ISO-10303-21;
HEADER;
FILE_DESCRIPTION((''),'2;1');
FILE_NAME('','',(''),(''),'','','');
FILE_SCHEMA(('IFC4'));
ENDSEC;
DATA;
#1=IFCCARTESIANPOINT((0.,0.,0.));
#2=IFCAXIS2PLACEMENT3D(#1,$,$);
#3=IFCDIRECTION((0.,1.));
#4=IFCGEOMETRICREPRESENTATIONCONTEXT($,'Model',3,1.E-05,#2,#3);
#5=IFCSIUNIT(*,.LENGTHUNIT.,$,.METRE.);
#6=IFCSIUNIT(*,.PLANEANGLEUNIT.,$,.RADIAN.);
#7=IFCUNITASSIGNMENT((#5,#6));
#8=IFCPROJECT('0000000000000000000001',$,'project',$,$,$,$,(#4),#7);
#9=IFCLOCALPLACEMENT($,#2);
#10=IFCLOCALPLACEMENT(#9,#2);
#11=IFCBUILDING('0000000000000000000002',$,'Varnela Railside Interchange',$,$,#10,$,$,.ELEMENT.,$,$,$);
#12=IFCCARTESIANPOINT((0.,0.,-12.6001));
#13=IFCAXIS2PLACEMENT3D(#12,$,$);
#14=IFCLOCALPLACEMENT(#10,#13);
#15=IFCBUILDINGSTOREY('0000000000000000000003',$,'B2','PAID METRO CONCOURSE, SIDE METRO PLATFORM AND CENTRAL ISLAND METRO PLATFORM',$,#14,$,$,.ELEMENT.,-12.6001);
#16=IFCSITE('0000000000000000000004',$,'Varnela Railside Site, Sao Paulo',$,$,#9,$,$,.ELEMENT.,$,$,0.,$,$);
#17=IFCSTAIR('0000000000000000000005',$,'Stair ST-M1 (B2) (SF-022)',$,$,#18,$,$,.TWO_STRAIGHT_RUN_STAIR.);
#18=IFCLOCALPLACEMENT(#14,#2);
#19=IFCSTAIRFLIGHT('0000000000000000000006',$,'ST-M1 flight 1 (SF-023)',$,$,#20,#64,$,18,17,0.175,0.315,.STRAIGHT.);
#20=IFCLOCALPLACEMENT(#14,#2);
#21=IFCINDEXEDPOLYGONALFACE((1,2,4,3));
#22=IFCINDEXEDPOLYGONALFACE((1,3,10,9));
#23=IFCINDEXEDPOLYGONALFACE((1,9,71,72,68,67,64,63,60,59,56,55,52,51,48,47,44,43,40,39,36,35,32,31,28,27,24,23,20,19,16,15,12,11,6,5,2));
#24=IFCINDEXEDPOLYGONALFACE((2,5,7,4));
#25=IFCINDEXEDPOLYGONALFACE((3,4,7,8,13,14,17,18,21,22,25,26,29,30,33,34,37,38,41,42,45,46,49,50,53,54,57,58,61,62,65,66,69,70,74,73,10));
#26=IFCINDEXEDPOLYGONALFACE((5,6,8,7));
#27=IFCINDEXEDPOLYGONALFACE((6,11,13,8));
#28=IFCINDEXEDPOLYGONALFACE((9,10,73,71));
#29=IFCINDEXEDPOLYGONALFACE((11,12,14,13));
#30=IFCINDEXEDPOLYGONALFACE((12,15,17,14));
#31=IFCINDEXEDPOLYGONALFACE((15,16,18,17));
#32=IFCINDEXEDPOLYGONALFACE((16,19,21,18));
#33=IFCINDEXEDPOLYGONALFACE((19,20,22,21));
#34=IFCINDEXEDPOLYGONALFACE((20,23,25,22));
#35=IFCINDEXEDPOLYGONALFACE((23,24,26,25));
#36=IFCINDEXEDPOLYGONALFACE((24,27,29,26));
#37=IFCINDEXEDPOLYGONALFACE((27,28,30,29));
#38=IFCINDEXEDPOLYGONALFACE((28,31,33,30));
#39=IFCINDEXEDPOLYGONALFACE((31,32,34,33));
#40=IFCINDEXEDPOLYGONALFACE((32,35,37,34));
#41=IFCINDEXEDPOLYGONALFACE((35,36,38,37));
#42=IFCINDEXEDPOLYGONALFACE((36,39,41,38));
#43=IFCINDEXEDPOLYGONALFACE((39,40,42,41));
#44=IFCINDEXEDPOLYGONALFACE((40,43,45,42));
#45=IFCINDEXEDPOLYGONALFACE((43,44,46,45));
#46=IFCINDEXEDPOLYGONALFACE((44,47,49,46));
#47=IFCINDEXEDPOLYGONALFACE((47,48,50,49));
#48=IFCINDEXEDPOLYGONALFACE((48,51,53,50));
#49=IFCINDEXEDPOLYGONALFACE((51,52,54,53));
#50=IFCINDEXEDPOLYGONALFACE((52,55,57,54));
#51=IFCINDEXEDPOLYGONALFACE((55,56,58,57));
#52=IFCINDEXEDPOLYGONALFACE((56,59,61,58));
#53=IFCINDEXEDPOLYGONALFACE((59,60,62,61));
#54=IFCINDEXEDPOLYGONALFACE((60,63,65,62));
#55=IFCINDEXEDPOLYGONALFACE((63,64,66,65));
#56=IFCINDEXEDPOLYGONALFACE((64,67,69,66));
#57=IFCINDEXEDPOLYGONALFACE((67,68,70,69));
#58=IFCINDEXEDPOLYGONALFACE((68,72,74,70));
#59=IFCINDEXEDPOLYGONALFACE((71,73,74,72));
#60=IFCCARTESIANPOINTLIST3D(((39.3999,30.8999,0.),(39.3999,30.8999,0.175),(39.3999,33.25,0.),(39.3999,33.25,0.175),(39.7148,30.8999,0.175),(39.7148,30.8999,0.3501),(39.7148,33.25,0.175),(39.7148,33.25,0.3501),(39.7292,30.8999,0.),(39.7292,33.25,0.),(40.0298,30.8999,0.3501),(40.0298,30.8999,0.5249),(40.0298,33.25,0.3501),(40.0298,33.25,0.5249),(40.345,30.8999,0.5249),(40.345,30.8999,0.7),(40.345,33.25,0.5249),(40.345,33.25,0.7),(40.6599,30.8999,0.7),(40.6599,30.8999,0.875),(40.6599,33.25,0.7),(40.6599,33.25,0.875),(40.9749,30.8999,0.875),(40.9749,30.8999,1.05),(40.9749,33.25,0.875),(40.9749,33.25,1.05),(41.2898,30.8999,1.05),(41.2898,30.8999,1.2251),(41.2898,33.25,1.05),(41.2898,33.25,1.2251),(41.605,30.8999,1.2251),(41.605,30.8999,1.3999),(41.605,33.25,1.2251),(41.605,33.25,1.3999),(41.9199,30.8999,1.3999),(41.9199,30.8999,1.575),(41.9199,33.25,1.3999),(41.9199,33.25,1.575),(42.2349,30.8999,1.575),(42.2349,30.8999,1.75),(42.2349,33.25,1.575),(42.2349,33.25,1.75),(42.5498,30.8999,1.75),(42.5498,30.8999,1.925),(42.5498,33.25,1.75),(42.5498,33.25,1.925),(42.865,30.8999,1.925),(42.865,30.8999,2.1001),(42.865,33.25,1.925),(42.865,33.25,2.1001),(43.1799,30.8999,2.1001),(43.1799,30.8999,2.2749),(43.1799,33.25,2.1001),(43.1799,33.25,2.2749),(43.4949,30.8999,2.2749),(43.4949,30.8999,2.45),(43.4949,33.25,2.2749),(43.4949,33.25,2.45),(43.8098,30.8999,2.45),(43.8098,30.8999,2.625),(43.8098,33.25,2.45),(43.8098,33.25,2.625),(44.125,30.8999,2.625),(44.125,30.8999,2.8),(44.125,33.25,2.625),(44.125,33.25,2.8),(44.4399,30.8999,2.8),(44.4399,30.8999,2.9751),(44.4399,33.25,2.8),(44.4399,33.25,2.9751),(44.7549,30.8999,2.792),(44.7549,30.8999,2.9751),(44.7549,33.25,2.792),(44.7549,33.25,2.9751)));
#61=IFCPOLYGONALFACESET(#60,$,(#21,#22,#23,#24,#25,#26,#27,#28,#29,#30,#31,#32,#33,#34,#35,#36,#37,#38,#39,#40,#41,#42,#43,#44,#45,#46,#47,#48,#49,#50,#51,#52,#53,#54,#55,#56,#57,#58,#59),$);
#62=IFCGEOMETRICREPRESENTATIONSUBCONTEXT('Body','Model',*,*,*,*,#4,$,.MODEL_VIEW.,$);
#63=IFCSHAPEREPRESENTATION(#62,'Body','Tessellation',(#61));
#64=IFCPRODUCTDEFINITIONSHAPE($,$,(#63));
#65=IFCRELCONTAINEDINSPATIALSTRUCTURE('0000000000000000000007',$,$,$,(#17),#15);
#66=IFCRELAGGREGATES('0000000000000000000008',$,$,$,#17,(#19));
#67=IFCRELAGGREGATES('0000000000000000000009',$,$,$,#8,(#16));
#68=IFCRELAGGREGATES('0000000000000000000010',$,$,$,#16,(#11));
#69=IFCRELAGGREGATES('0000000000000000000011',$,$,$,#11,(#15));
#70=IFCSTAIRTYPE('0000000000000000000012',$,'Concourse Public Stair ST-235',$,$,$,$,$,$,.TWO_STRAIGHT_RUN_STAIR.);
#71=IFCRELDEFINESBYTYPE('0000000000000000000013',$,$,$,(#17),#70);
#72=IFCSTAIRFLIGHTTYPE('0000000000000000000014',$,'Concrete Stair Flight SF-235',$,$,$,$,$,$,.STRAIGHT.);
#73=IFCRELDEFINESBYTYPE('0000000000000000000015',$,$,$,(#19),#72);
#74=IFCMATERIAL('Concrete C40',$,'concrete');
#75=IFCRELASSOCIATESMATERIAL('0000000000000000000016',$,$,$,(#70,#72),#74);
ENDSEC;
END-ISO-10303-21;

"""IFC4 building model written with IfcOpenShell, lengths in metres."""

from ifc_helpers import new_model, si_unit, direction, frame, origin, place, context, subcontext, project, spatial, polyline, outline, extrude, material, type_object, element, aggregate, save


model = new_model("IFC4")

# Units and contexts
model_context = context("Model", 3, precision=1e-05, world=origin(), true_north=direction((0.0, 1.0)))
body_context = subcontext(model_context, "Body", "Model", "MODEL_VIEW")
ifc_project = project(units=[si_unit("LENGTHUNIT", "METRE"), si_unit("PLANEANGLEUNIT", "RADIAN")], contexts=[model_context])

# Site, building, storey
site_placement = place(None, origin())
site = spatial("IfcSite", under=ifc_project, at=site_placement, Name="Varnela Railside Site, Sao Paulo", CompositionType="ELEMENT", RefElevation=0.0)
building_placement = place(site_placement, origin())
building = spatial("IfcBuilding", under=site, at=building_placement, Name="Varnela Railside Interchange", CompositionType="ELEMENT")
storey_placement = place(building_placement, frame((0.0, 0.0, -12.6001)))
storey = spatial("IfcBuildingStorey", under=building, at=storey_placement, Name="B2", Description="PAID METRO CONCOURSE, SIDE METRO PLATFORM AND CENTRAL ISLAND METRO PLATFORM", CompositionType="ELEMENT", Elevation=-12.6001)

# Shared definitions
ifc_material_1 = material(Name="Concrete C40", Category="concrete")

# Stair, stair flight
stair_type = type_object("IfcStairType", Name="Concourse Public Stair ST-235", PredefinedType="TWO_STRAIGHT_RUN_STAIR", material=ifc_material_1)
stair_placement = place(storey_placement, origin())
stair = element("IfcStair", 1, at=stair_placement, inside=storey, type_object=stair_type, Name="Stair ST-M1 (B2) (SF-022)", PredefinedType="TWO_STRAIGHT_RUN_STAIR")
stair_flight_type = type_object("IfcStairFlightType", Name="Concrete Stair Flight SF-235", PredefinedType="STRAIGHT", material=ifc_material_1)
stair_flight_placement = place(storey_placement, frame((39.3999, 32.075, 0.0), z_axis=(0.0, 0.0, 1.0), x_axis=(1.0, 0.0, 0.0)))
stair_flight = element("IfcStairFlight", 2, at=stair_flight_placement, type_object=stair_flight_type, Name="ST-M1 flight 1 (SF-023)", NumberOfRisers=18, NumberOfTreads=17, PredefinedType="STRAIGHT", RiserHeight=0.175, TreadLength=0.315, context=body_context, shape_type="SweptSolid", body=[
    extrude(outline(polyline([(0.0, 0.0), (0.0, 0.175), (0.3149, 0.175), (0.3149, 0.3501), (0.6299, 0.3501), (0.6299, 0.5249), (0.9451, 0.5249), (0.9451, 0.7), (1.26, 0.7), (1.26, 0.875), (1.575, 0.875), (1.575, 1.05), (1.8899, 1.05), (1.8899, 1.2251), (2.2051, 1.2251), (2.2051, 1.3999), (2.52, 1.3999), (2.52, 1.575), (2.835, 1.575), (2.835, 1.75), (3.1499, 1.75), (3.1499, 1.925), (3.4651, 1.925), (3.4651, 2.1001), (3.78, 2.1001), (3.78, 2.2749), (4.095, 2.2749), (4.095, 2.45), (4.4099, 2.45), (4.4099, 2.625), (4.7251, 2.625), (4.7251, 2.8), (5.04, 2.8), (5.04, 2.9751), (5.355, 2.9751), (5.355, 3.1499), (5.355, 2.792), (0.3293, 0.0), (0.0, 0.0)])), frame((0.0, 1.175, 0.0), z_axis=(0.0, -1.0, 0.0), x_axis=(1.0, 0.0, 0.0)), (0.0, 0.0, 1.0), 2.3501),
])
aggregate(stair, [stair_flight])

save(model, "model.ifc")
